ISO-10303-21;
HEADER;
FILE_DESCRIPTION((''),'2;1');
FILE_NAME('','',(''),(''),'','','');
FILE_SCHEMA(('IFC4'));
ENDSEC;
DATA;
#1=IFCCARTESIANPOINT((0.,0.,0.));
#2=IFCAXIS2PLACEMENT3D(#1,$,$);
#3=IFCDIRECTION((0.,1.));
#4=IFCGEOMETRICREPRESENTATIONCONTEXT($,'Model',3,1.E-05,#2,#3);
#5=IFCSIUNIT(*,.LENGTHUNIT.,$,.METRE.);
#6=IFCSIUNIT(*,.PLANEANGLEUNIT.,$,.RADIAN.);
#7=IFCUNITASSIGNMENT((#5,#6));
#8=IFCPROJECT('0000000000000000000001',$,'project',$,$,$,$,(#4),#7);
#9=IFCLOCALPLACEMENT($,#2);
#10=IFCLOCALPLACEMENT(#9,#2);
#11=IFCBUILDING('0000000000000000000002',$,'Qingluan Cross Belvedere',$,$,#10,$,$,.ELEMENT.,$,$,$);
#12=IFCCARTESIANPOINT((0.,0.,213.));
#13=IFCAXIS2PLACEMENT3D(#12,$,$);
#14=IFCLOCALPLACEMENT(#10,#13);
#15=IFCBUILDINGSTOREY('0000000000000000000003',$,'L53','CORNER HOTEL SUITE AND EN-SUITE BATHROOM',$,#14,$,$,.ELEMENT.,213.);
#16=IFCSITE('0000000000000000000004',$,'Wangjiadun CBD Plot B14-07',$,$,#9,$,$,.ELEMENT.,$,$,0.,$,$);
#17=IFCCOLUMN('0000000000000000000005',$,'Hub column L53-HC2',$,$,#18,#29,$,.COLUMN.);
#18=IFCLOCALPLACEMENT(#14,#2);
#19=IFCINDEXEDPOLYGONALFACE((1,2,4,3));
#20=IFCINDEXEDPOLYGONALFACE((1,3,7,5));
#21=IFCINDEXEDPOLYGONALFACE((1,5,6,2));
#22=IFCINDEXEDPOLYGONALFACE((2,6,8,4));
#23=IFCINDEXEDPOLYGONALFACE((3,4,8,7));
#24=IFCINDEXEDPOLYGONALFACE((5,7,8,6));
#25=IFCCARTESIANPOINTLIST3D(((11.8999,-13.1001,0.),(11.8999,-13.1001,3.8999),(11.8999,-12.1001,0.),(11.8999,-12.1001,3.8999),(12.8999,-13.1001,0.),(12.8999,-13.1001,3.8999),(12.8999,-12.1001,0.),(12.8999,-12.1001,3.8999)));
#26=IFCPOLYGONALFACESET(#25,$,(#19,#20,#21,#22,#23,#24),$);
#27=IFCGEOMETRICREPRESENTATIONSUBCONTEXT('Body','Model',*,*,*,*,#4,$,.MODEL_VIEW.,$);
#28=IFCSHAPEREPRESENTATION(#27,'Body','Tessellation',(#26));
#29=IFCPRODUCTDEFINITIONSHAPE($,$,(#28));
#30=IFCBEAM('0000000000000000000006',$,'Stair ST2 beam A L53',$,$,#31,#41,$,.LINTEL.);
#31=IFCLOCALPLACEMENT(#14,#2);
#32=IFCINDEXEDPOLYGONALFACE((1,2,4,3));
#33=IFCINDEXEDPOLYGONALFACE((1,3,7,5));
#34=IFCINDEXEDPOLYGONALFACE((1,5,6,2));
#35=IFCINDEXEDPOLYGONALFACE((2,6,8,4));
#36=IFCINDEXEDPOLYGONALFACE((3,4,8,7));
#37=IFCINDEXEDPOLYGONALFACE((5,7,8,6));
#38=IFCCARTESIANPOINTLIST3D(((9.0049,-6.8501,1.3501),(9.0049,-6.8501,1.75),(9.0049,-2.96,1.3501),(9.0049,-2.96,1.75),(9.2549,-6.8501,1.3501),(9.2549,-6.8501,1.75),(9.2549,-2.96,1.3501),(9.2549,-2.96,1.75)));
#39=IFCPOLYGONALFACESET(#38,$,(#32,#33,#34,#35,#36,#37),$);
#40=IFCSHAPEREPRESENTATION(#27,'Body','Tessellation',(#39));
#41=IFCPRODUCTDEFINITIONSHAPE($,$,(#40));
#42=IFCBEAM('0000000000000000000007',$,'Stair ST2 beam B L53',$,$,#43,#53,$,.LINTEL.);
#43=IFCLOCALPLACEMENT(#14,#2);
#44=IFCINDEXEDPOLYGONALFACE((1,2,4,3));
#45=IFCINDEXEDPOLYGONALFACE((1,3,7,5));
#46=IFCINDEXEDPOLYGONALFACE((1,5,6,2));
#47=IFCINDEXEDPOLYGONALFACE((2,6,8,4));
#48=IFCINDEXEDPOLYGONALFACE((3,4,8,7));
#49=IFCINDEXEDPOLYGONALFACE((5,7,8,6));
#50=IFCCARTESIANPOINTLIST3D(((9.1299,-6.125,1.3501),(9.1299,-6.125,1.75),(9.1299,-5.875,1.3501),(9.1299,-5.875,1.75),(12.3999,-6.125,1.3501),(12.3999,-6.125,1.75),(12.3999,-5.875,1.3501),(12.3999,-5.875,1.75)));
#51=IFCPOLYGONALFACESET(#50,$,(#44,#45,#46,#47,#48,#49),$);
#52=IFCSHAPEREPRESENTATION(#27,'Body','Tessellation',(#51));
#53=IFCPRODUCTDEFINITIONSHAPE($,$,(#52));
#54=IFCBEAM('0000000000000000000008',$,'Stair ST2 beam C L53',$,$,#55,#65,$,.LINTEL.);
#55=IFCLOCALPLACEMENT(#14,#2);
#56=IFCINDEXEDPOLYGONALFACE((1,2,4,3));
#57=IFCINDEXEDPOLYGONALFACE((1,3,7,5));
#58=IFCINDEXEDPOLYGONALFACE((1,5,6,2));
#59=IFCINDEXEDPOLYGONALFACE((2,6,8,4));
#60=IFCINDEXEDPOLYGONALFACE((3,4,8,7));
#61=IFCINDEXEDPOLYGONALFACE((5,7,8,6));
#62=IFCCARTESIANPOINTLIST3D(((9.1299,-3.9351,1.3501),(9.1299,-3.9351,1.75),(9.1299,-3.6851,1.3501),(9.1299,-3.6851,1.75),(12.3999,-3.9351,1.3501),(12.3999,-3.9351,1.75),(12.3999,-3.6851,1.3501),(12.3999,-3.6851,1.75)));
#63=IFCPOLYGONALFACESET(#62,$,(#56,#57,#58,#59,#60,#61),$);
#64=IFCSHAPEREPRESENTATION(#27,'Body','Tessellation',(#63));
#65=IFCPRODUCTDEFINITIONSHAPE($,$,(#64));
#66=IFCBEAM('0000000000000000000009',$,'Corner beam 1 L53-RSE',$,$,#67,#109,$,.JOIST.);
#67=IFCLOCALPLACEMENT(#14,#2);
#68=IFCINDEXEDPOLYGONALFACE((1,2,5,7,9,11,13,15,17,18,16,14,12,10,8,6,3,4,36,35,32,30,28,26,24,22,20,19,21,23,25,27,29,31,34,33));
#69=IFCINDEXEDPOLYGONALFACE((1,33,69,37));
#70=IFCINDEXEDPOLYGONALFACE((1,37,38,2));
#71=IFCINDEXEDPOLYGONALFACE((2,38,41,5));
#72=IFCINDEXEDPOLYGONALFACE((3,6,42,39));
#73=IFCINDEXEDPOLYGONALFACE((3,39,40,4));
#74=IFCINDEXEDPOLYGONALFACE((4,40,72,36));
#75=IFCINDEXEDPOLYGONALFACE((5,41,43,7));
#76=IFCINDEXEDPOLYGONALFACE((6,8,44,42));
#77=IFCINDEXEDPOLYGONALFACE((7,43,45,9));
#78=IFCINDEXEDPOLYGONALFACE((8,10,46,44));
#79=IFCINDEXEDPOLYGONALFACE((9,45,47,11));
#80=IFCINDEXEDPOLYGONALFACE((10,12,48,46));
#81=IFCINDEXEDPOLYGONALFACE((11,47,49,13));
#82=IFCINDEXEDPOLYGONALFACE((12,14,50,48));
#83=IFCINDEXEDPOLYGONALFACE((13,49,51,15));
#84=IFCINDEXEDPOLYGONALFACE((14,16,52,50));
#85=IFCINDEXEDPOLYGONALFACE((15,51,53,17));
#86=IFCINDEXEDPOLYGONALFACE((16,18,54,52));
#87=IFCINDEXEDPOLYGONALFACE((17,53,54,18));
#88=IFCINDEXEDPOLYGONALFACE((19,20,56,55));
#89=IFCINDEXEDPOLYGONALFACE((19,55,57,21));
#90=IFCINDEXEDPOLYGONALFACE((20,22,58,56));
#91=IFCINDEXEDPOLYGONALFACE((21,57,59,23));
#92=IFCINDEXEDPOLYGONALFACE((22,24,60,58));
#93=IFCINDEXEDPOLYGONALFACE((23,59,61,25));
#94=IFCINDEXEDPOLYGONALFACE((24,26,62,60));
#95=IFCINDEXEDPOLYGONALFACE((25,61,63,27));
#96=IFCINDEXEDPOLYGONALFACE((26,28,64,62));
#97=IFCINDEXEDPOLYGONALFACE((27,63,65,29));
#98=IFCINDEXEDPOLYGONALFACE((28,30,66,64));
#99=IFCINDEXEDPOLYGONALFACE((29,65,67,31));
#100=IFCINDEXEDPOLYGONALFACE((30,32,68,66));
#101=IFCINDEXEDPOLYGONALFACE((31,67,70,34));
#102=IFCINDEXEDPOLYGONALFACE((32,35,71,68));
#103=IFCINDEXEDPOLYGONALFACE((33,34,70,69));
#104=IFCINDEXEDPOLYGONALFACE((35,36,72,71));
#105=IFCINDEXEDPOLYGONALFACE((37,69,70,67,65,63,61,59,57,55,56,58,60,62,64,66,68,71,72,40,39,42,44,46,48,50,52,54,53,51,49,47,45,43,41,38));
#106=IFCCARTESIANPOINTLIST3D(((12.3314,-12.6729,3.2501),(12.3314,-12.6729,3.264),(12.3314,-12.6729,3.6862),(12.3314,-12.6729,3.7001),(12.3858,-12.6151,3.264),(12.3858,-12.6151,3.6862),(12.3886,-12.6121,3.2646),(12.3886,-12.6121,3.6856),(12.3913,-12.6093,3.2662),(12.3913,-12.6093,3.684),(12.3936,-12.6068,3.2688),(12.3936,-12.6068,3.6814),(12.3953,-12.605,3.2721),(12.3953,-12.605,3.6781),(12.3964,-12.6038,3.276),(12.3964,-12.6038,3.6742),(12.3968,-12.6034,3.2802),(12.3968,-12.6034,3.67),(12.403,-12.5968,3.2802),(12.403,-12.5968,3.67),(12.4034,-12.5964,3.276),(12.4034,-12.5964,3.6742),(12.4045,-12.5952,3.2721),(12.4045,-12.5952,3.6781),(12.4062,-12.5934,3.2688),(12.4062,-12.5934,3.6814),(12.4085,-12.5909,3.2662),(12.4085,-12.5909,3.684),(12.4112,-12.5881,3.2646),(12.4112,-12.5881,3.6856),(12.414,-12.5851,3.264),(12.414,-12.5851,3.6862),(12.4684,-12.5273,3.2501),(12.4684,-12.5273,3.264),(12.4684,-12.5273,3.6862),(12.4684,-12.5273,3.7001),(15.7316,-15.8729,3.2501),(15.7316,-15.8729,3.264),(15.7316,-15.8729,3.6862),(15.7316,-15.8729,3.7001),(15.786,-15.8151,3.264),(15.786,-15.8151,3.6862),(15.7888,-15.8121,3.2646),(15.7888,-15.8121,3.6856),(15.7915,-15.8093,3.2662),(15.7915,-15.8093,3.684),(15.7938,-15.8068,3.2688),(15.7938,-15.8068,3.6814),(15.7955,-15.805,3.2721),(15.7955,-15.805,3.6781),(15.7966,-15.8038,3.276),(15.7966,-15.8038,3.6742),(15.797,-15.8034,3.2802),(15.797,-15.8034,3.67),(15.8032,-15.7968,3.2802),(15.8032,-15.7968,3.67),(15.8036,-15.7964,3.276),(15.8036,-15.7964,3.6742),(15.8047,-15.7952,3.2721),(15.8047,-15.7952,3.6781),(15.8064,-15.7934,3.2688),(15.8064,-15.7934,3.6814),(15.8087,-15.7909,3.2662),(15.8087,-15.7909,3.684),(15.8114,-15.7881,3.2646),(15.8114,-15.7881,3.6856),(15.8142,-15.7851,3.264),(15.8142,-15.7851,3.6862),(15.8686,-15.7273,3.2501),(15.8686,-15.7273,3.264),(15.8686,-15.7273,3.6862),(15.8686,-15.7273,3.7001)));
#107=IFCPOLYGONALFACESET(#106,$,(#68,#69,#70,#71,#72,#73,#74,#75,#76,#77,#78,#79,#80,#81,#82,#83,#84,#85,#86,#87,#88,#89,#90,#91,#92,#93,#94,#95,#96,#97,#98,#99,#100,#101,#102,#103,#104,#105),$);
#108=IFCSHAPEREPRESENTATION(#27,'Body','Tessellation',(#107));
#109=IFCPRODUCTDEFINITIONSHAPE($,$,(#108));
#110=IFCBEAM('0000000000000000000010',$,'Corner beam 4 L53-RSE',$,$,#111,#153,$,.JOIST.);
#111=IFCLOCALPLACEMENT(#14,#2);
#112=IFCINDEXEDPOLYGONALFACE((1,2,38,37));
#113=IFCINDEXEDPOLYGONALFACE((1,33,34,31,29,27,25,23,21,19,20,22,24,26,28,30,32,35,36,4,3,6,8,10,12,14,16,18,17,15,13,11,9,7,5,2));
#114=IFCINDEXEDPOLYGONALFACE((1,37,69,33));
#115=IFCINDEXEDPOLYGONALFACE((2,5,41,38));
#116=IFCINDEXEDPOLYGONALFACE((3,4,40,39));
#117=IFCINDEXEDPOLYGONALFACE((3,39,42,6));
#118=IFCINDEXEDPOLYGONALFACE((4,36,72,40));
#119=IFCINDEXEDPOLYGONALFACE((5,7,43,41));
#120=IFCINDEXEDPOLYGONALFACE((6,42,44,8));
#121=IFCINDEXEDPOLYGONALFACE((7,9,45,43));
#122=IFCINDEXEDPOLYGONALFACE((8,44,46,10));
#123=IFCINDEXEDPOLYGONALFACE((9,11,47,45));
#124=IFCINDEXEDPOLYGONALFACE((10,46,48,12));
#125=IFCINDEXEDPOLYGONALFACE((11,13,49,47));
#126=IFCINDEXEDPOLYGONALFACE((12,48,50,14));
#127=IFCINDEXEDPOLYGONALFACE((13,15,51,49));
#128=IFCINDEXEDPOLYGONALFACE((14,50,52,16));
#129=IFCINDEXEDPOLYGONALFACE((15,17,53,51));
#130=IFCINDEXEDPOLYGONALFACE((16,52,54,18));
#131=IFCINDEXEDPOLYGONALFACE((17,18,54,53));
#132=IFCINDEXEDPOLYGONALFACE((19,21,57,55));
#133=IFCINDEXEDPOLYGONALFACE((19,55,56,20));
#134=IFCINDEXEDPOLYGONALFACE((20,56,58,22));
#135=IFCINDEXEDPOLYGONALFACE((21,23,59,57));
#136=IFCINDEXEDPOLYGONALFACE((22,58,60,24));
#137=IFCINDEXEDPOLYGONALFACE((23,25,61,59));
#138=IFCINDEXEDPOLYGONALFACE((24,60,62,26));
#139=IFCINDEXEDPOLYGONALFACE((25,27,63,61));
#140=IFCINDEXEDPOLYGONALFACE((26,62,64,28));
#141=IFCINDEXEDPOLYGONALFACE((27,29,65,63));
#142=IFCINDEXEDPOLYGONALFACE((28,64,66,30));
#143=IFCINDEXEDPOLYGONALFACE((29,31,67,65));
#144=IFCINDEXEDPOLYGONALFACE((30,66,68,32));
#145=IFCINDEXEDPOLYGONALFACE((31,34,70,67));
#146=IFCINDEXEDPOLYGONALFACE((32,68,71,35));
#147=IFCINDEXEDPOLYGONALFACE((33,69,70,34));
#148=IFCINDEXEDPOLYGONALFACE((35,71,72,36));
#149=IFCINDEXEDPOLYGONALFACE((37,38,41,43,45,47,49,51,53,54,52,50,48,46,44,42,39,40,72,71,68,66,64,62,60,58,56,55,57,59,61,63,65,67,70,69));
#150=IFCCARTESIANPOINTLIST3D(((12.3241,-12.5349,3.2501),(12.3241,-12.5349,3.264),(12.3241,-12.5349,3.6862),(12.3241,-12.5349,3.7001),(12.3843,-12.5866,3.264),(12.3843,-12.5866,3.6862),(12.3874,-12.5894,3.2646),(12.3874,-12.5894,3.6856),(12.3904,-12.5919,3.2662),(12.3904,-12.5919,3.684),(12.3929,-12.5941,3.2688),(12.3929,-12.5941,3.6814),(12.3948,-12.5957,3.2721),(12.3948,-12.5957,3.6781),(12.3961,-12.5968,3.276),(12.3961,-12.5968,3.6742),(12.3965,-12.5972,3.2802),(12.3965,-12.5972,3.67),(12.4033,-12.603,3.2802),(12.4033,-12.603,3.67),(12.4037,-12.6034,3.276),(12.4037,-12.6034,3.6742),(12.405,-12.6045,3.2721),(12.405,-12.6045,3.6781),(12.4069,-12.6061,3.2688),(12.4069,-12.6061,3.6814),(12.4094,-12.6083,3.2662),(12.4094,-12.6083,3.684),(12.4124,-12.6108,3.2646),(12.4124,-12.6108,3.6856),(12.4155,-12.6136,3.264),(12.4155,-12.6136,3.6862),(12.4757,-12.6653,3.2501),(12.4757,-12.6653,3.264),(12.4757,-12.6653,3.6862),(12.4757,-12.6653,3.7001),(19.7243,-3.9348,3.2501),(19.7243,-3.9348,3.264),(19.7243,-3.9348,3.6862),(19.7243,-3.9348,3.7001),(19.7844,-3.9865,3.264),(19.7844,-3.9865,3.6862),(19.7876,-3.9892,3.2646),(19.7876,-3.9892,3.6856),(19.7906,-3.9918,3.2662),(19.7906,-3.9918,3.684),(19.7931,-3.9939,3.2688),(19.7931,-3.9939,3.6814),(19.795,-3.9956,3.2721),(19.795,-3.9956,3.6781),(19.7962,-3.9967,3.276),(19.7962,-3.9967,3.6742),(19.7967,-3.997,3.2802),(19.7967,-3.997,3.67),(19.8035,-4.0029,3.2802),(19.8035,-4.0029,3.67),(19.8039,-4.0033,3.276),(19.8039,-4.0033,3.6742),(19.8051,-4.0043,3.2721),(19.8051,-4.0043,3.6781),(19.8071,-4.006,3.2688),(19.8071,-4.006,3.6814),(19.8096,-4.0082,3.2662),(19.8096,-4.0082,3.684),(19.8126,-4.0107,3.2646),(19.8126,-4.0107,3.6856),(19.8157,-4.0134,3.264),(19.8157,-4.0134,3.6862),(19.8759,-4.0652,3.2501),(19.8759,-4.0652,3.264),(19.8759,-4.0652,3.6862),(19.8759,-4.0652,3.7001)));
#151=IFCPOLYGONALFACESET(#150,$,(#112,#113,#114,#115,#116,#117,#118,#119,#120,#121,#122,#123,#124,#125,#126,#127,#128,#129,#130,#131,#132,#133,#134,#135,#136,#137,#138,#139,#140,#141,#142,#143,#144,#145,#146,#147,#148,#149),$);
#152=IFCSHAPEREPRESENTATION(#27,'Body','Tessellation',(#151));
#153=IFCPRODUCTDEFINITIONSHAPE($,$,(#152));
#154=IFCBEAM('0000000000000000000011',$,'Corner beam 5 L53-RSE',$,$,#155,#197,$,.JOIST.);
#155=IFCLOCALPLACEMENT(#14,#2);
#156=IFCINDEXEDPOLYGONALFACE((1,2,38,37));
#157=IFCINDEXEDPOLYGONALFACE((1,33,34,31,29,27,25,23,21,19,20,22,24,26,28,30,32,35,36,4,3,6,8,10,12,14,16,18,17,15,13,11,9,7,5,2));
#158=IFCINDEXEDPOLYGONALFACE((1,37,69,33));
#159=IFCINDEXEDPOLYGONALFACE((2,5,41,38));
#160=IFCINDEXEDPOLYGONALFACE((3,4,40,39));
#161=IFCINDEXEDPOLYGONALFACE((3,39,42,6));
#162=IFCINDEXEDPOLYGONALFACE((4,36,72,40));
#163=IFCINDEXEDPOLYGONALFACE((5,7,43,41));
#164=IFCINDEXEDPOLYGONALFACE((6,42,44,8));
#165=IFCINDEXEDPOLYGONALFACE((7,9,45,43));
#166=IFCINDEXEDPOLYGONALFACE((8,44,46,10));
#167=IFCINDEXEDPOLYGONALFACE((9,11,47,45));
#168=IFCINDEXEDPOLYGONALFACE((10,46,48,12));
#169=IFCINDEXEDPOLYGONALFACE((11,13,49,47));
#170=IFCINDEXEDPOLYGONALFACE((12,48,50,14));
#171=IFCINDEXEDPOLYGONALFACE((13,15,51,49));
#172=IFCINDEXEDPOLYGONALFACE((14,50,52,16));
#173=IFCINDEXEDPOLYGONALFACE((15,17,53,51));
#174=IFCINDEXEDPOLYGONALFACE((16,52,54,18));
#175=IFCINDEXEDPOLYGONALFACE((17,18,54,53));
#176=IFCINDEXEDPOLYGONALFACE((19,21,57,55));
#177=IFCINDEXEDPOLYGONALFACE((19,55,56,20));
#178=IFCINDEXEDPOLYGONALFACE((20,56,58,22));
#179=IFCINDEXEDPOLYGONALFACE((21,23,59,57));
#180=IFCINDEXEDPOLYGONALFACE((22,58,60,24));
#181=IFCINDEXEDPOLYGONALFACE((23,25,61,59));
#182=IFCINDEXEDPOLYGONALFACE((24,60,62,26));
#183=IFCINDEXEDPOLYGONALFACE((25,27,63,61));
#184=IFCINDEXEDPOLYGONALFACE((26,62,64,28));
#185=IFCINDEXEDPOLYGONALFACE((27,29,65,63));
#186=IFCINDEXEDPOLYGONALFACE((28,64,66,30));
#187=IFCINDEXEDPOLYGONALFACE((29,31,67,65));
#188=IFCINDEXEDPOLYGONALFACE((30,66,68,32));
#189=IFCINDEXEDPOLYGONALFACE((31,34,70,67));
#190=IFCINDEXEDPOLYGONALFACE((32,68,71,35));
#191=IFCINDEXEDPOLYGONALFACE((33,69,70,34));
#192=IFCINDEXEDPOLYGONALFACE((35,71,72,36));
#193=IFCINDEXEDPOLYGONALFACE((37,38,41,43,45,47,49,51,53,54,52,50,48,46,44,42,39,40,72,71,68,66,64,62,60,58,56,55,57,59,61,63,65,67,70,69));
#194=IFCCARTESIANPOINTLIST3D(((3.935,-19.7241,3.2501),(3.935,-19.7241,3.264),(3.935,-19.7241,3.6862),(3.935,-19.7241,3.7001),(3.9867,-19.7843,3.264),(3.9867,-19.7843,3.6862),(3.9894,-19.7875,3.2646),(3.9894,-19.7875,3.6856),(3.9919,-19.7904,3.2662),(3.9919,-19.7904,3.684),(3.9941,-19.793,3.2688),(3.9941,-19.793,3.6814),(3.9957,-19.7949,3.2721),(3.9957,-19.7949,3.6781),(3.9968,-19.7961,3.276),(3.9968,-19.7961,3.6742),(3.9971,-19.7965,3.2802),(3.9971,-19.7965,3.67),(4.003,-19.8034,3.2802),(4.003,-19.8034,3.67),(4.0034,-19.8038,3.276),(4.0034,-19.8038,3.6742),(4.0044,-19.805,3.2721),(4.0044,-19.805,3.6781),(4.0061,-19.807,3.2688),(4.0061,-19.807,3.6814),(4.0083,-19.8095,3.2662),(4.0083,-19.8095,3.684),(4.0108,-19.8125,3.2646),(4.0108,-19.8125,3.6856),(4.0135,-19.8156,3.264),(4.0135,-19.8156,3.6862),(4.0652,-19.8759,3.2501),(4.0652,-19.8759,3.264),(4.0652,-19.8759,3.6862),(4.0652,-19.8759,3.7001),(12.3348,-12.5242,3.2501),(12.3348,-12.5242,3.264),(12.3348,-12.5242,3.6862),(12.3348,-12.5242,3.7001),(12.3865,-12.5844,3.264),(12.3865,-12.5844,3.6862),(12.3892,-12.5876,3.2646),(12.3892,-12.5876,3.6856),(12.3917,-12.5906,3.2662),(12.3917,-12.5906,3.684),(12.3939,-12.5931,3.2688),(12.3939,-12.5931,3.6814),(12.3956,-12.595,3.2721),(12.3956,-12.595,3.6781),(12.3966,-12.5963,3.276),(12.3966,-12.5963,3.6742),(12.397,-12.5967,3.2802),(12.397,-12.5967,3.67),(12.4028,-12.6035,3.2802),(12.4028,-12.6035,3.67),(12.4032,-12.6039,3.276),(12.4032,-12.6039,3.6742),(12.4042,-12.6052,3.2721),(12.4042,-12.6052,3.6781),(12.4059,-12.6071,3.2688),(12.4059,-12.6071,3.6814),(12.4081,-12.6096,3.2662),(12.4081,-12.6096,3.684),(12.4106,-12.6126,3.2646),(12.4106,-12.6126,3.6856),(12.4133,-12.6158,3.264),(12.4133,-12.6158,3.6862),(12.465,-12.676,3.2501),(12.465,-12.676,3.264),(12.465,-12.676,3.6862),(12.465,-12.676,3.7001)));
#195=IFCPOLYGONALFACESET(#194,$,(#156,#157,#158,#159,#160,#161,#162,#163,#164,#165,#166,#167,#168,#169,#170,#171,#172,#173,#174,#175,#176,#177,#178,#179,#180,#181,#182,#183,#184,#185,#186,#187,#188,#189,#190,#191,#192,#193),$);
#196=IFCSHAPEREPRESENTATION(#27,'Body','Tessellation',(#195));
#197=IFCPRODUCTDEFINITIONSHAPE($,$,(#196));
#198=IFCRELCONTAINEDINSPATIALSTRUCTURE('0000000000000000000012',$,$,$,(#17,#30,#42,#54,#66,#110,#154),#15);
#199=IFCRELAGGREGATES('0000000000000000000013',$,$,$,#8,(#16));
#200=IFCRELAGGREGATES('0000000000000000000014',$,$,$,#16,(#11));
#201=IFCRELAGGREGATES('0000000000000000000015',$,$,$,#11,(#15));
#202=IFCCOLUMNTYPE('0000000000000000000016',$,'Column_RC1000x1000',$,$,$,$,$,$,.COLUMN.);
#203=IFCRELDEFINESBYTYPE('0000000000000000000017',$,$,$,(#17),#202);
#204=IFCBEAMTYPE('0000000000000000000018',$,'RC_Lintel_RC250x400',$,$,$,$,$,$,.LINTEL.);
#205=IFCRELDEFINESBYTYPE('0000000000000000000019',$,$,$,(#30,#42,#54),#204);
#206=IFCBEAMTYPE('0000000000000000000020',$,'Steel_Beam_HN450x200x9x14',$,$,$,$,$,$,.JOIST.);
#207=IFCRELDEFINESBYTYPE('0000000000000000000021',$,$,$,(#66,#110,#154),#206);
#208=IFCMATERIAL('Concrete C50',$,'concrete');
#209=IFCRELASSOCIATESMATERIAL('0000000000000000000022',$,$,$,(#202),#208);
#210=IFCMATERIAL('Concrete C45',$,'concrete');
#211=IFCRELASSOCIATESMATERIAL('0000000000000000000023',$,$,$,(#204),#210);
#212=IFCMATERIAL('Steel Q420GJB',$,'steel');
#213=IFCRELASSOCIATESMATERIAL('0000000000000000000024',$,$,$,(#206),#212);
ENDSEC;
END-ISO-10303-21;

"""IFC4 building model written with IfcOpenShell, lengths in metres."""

from ifc_helpers import new_model, si_unit, direction, frame, origin, origin_2d, place, context, subcontext, project, spatial, rectangle, i_section, extrude, material, material_profile, profile_set, type_object, element, save


model = new_model("IFC4")

# Units and contexts
model_context = context("Model", 3, precision=1e-05, world=origin(), true_north=direction((0.0, 1.0)))
body_context = subcontext(model_context, "Body", "Model", "MODEL_VIEW")
ifc_project = project(units=[si_unit("LENGTHUNIT", "METRE"), si_unit("PLANEANGLEUNIT", "RADIAN")], contexts=[model_context])

# Site, building, storey
site_placement = place(None, origin())
site = spatial("IfcSite", under=ifc_project, at=site_placement, Name="Wangjiadun CBD Plot B14-07", CompositionType="ELEMENT", RefElevation=0.0)
building_placement = place(site_placement, origin())
building = spatial("IfcBuilding", under=site, at=building_placement, Name="Qingluan Cross Belvedere", CompositionType="ELEMENT")
storey_placement = place(building_placement, frame((0.0, 0.0, 213.0)))
storey = spatial("IfcBuildingStorey", under=building, at=storey_placement, Name="L53", Description="CORNER HOTEL SUITE AND EN-SUITE BATHROOM", CompositionType="ELEMENT", Elevation=213.0)

# Column
ifc_material_1 = material(Name="Concrete C50", Category="concrete")
ifc_material_profile_1 = material_profile(ifc_material_1, rectangle(XDim=1.0, YDim=1.0, at=origin_2d()), Name="RC1000x1000")
ifc_profile_set_1 = profile_set([ifc_material_profile_1], Name="Concrete C50")
column_type = type_object("IfcColumnType", Name="Column_RC1000x1000", PredefinedType="COLUMN", material=ifc_profile_set_1)
column_placement = place(storey_placement, frame((12.3999, -12.6001, 0.0), z_axis=(0.0, 0.0, 1.0), x_axis=(1.0, 0.0, 0.0)))
element("IfcColumn", 1, at=column_placement, inside=storey, type_object=column_type, Name="Hub column L53-HC2", PredefinedType="COLUMN", context=body_context, shape_type="SweptSolid", body=[
    extrude(rectangle(XDim=1.0, YDim=1.0, at=origin_2d()), origin(), (0.0, 0.0, 1.0), 3.8999),
])

# Beams
ifc_material_2 = material(Name="Concrete C45", Category="concrete")
ifc_material_profile_2 = material_profile(ifc_material_2, rectangle(XDim=0.25, YDim=0.3999, at=origin_2d()), Name="RC250x400")
ifc_profile_set_2 = profile_set([ifc_material_profile_2], Name="Concrete C45")
beam_type_1 = type_object("IfcBeamType", Name="RC_Lintel_RC250x400", PredefinedType="LINTEL", material=ifc_profile_set_2)
beam_1_placement = place(storey_placement, frame((9.1299, -6.8501, 1.55), z_axis=(0.0, 1.0, 0.0), x_axis=(-1.0, 0.0, 0.0)))
element("IfcBeam", 2, at=beam_1_placement, inside=storey, type_object=beam_type_1, Name="Stair ST2 beam A L53", PredefinedType="LINTEL", context=body_context, shape_type="SweptSolid", body=[
    extrude(rectangle(XDim=0.25, YDim=0.3999, at=origin_2d()), origin(), (0.0, 0.0, 1.0), 3.8901),
])
for number, where, z_axis, x_axis, name in (
    (3, (12.3999, -6.0, 1.55), (-1.0, 0.0, 0.0), (0.0, -1.0, 0.0), "Stair ST2 beam B L53"),
    (4, (12.3999, -3.8101, 1.55), (-1.0, 0.0, 0.0), (0.0, -1.0, 0.0), "Stair ST2 beam C L53"),
):
    element("IfcBeam", number, at=place(storey_placement, frame(where, z_axis=z_axis, x_axis=x_axis)), inside=storey, type_object=beam_type_1, Name=name, PredefinedType="LINTEL", context=body_context, shape_type="SweptSolid", body=[
        extrude(rectangle(XDim=0.25, YDim=0.3999, at=origin_2d()), origin(), (0.0, 0.0, 1.0), 3.27),
    ])
ifc_material_3 = material(Name="Steel Q420GJB", Category="steel")
ifc_material_profile_3 = material_profile(ifc_material_3, i_section(OverallWidth=0.2, OverallDepth=0.45, WebThickness=0.009, FlangeThickness=0.0139, FilletRadius=0.0161, at=origin_2d()), Name="HN450x200x9x14")
ifc_profile_set_3 = profile_set([ifc_material_profile_3], Name="Steel Q420GJB")
beam_type_2 = type_object("IfcBeamType", Name="Steel_Beam_HN450x200x9x14", PredefinedType="JOIST", material=ifc_profile_set_3)
beam_2_placement = place(storey_placement, frame((12.3999, -12.6001, 3.4751), z_axis=(0.72822, -0.685343, 0.0), x_axis=(0.685343, 0.72822, 0.0)))
element("IfcBeam", 5, at=beam_2_placement, inside=storey, type_object=beam_type_2, Name="Corner beam 1 L53-RSE", PredefinedType="JOIST", context=body_context, shape_type="SweptSolid", body=[
    extrude(i_section(OverallWidth=0.2, OverallDepth=0.45, WebThickness=0.009, FlangeThickness=0.0139, FilletRadius=0.0161, at=origin_2d()), origin(), (0.0, 0.0, 1.0), 4.6692),
])
beam_3_placement = place(storey_placement, frame((12.3999, -12.6001, 3.4751), z_axis=(0.652245, 0.758008, 0.0), x_axis=(-0.758008, 0.652245, 0.0)))
element("IfcBeam", 6, at=beam_3_placement, inside=storey, type_object=beam_type_2, Name="Corner beam 4 L53-RSE", PredefinedType="JOIST", context=body_context, shape_type="SweptSolid", body=[
    extrude(i_section(OverallWidth=0.2, OverallDepth=0.45, WebThickness=0.009, FlangeThickness=0.0139, FilletRadius=0.0161, at=origin_2d()), origin(), (0.0, 0.0, 1.0), 11.3457),
])
beam_4_placement = place(storey_placement, frame((12.3999, -12.6001, 3.4751), z_axis=(-0.759255, -0.650793, 0.0), x_axis=(0.650793, -0.759255, 0.0)))
element("IfcBeam", 7, at=beam_4_placement, inside=storey, type_object=beam_type_2, Name="Corner beam 5 L53-RSE", PredefinedType="JOIST", context=body_context, shape_type="SweptSolid", body=[
    extrude(i_section(OverallWidth=0.2, OverallDepth=0.45, WebThickness=0.009, FlangeThickness=0.0139, FilletRadius=0.0161, at=origin_2d()), origin(), (0.0, 0.0, 1.0), 11.0632),
])

save(model, "model.ifc")
